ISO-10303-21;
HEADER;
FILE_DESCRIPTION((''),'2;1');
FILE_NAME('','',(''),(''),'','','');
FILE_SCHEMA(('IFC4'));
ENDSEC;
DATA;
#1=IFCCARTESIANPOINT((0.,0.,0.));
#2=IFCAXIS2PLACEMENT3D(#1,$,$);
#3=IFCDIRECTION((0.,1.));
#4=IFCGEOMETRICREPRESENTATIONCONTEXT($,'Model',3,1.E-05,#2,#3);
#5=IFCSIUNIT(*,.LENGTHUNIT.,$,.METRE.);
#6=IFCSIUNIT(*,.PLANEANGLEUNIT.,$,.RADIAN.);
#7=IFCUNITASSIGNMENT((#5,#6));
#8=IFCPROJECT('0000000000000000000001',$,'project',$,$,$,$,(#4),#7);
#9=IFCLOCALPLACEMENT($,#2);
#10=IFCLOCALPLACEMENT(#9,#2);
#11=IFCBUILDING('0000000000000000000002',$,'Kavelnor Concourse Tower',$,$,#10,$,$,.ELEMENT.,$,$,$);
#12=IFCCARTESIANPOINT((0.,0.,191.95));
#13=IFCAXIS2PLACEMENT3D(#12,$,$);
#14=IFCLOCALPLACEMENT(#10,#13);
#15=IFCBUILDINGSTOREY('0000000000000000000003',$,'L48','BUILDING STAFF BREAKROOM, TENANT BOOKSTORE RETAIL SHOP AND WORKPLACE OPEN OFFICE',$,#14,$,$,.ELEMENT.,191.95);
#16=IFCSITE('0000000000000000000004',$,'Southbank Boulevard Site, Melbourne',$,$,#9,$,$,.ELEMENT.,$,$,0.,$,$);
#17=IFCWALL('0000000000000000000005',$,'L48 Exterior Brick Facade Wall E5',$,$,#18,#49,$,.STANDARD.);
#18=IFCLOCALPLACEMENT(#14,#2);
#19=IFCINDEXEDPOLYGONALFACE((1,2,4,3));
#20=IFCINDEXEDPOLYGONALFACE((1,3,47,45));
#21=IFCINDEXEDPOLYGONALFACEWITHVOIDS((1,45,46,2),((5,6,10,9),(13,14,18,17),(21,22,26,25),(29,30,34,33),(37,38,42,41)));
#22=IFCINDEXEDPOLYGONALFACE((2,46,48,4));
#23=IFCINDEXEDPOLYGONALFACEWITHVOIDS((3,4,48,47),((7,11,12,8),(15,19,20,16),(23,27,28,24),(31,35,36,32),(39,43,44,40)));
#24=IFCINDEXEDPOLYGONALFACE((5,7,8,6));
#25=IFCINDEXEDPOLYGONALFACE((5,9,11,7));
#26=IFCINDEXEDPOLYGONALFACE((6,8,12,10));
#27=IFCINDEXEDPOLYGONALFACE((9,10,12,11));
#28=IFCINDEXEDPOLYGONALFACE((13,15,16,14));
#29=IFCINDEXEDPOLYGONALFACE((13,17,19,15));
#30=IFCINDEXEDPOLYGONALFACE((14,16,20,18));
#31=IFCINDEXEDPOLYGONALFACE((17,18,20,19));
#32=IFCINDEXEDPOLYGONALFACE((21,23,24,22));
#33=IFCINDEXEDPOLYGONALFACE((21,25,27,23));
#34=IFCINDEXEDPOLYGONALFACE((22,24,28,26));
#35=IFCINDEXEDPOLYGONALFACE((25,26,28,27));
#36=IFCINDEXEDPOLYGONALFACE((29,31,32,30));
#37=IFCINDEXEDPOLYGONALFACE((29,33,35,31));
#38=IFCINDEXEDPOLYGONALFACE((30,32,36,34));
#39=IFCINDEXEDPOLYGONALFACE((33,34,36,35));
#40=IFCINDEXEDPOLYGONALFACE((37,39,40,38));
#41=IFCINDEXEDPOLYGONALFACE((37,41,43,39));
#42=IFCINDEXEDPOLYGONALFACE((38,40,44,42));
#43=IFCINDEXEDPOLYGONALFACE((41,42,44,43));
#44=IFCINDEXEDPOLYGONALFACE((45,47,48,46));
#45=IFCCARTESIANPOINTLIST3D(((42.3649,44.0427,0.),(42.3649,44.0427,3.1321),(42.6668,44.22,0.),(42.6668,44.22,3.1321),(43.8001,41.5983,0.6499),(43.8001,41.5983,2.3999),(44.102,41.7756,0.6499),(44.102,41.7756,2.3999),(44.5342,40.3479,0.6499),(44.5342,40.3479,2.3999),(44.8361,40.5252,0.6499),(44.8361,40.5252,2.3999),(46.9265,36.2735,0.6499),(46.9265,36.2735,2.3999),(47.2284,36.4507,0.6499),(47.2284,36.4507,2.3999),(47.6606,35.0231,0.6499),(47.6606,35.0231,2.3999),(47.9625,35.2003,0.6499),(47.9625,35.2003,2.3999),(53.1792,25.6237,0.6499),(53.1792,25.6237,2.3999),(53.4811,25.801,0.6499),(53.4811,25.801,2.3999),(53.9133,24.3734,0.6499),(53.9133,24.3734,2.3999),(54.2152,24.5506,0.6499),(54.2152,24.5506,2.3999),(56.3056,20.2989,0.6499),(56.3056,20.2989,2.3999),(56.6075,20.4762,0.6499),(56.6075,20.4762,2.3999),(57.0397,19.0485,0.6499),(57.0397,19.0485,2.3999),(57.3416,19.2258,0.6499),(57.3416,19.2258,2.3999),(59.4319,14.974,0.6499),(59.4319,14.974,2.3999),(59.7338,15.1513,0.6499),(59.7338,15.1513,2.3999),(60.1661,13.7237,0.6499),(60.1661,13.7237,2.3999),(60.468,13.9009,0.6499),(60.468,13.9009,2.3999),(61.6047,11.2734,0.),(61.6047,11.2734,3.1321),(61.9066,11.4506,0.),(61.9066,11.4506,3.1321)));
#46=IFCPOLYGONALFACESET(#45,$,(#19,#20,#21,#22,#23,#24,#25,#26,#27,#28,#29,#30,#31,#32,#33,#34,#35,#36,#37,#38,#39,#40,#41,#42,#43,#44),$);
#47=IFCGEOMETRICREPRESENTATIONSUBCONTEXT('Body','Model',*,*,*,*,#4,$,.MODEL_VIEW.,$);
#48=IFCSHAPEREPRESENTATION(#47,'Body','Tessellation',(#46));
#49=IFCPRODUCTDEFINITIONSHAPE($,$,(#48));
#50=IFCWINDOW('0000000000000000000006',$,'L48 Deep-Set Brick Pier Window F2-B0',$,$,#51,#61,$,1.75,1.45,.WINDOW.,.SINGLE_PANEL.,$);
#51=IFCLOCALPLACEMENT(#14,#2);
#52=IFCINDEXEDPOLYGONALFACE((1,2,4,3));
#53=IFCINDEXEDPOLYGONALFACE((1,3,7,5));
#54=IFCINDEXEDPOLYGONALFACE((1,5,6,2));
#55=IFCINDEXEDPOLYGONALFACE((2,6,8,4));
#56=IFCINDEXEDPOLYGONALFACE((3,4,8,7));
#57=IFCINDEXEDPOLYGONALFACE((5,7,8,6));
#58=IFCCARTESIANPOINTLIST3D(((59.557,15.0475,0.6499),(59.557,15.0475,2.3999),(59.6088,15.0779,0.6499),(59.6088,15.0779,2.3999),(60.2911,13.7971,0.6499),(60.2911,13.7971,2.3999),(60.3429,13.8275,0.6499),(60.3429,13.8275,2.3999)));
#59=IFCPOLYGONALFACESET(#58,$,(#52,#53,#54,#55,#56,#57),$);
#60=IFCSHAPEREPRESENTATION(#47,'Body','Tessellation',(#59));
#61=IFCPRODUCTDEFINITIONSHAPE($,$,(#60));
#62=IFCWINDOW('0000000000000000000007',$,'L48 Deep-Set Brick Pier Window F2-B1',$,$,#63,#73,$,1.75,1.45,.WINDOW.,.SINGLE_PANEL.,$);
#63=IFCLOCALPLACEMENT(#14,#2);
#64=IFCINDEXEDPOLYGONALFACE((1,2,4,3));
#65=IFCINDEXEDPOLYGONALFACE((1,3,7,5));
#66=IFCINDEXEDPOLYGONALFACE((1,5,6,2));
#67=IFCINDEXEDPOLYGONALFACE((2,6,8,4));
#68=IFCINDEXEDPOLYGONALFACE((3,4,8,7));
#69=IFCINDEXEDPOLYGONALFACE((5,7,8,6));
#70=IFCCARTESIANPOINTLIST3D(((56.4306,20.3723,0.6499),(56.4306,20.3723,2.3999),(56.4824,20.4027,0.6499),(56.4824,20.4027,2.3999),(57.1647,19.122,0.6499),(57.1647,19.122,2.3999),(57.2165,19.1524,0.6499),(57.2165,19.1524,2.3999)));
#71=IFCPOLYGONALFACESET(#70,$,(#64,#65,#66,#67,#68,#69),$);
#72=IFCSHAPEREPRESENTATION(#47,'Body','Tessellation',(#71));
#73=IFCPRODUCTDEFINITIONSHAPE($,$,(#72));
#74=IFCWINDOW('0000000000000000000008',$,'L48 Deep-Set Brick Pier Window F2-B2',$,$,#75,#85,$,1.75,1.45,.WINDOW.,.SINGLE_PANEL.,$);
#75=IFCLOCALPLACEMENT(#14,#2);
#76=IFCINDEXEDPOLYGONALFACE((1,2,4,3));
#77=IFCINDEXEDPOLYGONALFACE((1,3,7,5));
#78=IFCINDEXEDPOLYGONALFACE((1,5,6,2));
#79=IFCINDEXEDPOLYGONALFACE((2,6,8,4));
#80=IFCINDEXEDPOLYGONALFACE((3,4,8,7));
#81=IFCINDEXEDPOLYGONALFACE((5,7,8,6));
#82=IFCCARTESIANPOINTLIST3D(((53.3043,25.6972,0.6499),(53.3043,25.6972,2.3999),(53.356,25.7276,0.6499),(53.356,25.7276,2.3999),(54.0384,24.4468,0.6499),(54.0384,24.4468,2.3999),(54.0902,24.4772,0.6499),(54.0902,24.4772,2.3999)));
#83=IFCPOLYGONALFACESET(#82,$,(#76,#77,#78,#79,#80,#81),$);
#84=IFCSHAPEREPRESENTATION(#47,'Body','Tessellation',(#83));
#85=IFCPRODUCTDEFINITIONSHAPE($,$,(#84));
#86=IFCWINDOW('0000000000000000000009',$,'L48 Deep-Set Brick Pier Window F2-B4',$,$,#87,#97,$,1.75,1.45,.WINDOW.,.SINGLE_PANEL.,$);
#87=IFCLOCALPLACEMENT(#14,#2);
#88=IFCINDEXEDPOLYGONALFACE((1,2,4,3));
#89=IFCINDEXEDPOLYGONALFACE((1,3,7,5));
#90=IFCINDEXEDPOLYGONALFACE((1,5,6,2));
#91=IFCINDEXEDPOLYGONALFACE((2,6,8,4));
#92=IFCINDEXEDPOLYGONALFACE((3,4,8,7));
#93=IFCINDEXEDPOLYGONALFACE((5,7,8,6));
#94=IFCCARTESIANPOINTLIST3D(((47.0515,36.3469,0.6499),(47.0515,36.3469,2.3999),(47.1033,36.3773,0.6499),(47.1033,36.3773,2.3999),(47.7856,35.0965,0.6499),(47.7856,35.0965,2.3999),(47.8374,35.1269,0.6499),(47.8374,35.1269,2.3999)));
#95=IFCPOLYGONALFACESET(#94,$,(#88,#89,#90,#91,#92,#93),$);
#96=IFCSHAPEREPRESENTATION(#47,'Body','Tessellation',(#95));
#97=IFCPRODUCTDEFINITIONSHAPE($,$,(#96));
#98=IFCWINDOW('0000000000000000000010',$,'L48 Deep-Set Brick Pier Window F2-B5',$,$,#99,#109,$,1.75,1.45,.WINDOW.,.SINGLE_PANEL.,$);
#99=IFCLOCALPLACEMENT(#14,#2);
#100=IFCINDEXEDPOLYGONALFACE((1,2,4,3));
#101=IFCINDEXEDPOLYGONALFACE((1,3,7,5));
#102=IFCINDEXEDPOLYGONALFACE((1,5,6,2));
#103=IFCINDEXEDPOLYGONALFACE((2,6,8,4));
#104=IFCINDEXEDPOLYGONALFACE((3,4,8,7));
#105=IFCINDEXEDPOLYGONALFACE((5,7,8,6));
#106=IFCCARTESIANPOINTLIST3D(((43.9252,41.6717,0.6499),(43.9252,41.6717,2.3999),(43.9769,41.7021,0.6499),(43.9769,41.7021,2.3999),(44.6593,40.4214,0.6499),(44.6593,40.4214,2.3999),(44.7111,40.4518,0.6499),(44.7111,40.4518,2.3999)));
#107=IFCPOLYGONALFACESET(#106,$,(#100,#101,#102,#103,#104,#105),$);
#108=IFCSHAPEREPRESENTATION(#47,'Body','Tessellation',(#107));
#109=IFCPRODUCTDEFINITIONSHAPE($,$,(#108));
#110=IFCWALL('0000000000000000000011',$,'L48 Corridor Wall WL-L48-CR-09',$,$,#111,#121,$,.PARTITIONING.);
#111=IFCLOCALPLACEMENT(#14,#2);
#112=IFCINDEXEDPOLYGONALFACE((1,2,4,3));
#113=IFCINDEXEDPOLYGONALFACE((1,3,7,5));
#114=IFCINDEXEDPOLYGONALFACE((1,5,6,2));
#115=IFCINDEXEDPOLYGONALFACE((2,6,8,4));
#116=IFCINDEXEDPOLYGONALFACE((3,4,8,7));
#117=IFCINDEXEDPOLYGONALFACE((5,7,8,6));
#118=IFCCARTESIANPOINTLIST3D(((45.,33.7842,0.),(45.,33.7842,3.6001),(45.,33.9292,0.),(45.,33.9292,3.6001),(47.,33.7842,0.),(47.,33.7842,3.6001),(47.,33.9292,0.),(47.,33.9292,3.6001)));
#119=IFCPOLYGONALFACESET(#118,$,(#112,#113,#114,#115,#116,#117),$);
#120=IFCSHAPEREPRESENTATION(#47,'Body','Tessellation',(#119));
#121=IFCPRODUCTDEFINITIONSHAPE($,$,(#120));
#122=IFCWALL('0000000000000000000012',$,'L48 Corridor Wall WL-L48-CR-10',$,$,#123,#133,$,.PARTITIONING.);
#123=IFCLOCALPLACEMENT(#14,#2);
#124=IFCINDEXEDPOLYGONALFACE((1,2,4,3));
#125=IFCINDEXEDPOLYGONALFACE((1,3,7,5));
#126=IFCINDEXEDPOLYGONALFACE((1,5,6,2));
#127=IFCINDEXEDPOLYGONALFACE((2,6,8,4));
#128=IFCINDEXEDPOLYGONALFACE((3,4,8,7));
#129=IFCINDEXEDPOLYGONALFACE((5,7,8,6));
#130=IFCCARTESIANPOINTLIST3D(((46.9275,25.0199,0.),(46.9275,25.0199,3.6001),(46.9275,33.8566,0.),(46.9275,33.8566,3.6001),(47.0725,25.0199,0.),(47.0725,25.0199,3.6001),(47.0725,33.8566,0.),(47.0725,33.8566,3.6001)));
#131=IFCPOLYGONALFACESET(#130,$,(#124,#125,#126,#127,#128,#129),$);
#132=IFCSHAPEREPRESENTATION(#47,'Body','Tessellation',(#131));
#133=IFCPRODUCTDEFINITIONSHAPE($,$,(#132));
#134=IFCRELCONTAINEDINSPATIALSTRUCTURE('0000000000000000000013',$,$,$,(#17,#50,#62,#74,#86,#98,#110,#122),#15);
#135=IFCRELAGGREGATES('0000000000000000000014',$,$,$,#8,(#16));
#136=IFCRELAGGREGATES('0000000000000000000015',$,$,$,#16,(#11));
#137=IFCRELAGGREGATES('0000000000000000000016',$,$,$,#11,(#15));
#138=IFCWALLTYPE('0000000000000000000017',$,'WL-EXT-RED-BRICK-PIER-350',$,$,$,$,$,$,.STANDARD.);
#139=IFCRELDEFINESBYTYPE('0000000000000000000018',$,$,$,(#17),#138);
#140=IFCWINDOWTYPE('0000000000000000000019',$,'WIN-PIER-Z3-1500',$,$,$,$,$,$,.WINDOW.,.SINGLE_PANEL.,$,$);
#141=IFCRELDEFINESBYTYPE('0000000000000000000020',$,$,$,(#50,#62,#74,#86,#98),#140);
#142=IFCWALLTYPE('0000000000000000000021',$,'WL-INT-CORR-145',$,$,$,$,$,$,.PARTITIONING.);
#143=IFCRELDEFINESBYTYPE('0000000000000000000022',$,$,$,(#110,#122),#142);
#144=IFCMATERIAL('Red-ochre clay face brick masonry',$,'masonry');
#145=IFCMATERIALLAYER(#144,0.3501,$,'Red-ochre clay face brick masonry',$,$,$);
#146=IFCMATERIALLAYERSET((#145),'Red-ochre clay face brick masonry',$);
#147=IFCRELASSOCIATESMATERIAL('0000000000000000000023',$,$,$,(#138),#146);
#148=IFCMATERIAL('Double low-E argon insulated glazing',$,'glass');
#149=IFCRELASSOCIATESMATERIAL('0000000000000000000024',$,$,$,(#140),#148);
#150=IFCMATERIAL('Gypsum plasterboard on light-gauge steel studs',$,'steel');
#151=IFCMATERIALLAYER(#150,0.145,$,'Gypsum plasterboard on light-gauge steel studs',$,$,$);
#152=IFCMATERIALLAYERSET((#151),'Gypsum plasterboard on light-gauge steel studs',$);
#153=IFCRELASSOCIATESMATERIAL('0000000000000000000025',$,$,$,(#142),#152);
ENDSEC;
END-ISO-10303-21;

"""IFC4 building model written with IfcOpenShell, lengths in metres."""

from ifc_helpers import new_model, si_unit, direction, frame, frame_2d, origin, place, context, subcontext, project, spatial, rectangle, extrude, material, layer, layer_set, type_object, element, fill, save


model = new_model("IFC4")

# Units and contexts
model_context = context("Model", 3, precision=1e-05, world=origin(), true_north=direction((0.0, 1.0)))
body_context = subcontext(model_context, "Body", "Model", "MODEL_VIEW")
ifc_project = project(units=[si_unit("LENGTHUNIT", "METRE"), si_unit("PLANEANGLEUNIT", "RADIAN")], contexts=[model_context])

# Site, building, storey
site_placement = place(None, origin())
site = spatial("IfcSite", under=ifc_project, at=site_placement, Name="Southbank Boulevard Site, Melbourne", CompositionType="ELEMENT", RefElevation=0.0)
building_placement = place(site_placement, origin())
building = spatial("IfcBuilding", under=site, at=building_placement, Name="Kavelnor Concourse Tower", CompositionType="ELEMENT")
storey_placement = place(building_placement, frame((0.0, 0.0, 191.95)))
storey = spatial("IfcBuildingStorey", under=building, at=storey_placement, Name="L48", Description="BUILDING STAFF BREAKROOM, TENANT BOOKSTORE RETAIL SHOP AND WORKPLACE OPEN OFFICE", CompositionType="ELEMENT", Elevation=191.95)

# Wall, openings, windows
ifc_material_1 = material(Name="Red-ochre clay face brick masonry", Category="masonry")
ifc_layer_1 = layer(ifc_material_1, 0.3501, Name="Red-ochre clay face brick masonry")
ifc_layer_set_1 = layer_set([ifc_layer_1], Name="Red-ochre clay face brick masonry")
wall_type_1 = type_object("IfcWallType", Name="WL-EXT-RED-BRICK-PIER-350", PredefinedType="STANDARD", material=ifc_layer_set_1)
wall_1_placement = place(storey_placement, frame((42.5159, 44.1313, 0.0), z_axis=(0.0, 0.0, 1.0), x_axis=(0.50631, -0.862351, 0.0)))
wall_1 = element("IfcWall", 1, at=wall_1_placement, inside=storey, type_object=wall_type_1, Name="L48 Exterior Brick Facade Wall E5", PredefinedType="STANDARD", context=body_context, shape_type="SweptSolid", body=[
    extrude(rectangle(XDim=38.0, YDim=0.3501, at=frame_2d((19.0, 0.0))), origin(), (0.0, 0.0, 1.0), 3.1321),
])
opening_1_placement = place(wall_1_placement, frame((33.7085, 0.0, 0.6499)))
opening_1 = element("IfcOpeningElement", 2, at=opening_1_placement, cuts=wall_1, PredefinedType="OPENING", context=body_context, shape_type="SweptSolid", body=[
    extrude(rectangle(XDim=1.45, YDim=1.75, at=frame_2d((0.7251, 0.875))), frame((0.0, 0.1851, 0.0), z_axis=(0.0, -1.0, 0.0), x_axis=(1.0, 0.0, 0.0)), (0.0, 0.0, 1.0), 0.3701),
])
opening_2_placement = place(wall_1_placement, frame((27.5337, 0.0, 0.6499)))
opening_2 = element("IfcOpeningElement", 3, at=opening_2_placement, cuts=wall_1, PredefinedType="OPENING", context=body_context, shape_type="SweptSolid", body=[
    extrude(rectangle(XDim=1.45, YDim=1.75, at=frame_2d((0.7251, 0.875))), frame((0.0, 0.1851, 0.0), z_axis=(0.0, -1.0, 0.0), x_axis=(1.0, 0.0, 0.0)), (0.0, 0.0, 1.0), 0.3701),
])
opening_3_placement = place(wall_1_placement, frame((21.3589, 0.0, 0.6499)))
opening_3 = element("IfcOpeningElement", 4, at=opening_3_placement, cuts=wall_1, PredefinedType="OPENING", context=body_context, shape_type="SweptSolid", body=[
    extrude(rectangle(XDim=1.45, YDim=1.75, at=frame_2d((0.7251, 0.875))), frame((0.0, 0.1851, 0.0), z_axis=(0.0, -1.0, 0.0), x_axis=(1.0, 0.0, 0.0)), (0.0, 0.0, 1.0), 0.3701),
])
opening_4_placement = place(wall_1_placement, frame((9.0093, 0.0, 0.6499)))
opening_4 = element("IfcOpeningElement", 5, at=opening_4_placement, cuts=wall_1, PredefinedType="OPENING", context=body_context, shape_type="SweptSolid", body=[
    extrude(rectangle(XDim=1.45, YDim=1.75, at=frame_2d((0.7251, 0.875))), frame((0.0, 0.1851, 0.0), z_axis=(0.0, -1.0, 0.0), x_axis=(1.0, 0.0, 0.0)), (0.0, 0.0, 1.0), 0.3701),
])
opening_5_placement = place(wall_1_placement, frame((2.8345, 0.0, 0.6499)))
opening_5 = element("IfcOpeningElement", 6, at=opening_5_placement, cuts=wall_1, PredefinedType="OPENING", context=body_context, shape_type="SweptSolid", body=[
    extrude(rectangle(XDim=1.45, YDim=1.75, at=frame_2d((0.7251, 0.875))), frame((0.0, 0.1851, 0.0), z_axis=(0.0, -1.0, 0.0), x_axis=(1.0, 0.0, 0.0)), (0.0, 0.0, 1.0), 0.3701),
])
ifc_material_2 = material(Name="Double low-E argon insulated glazing", Category="glass")
window_type = type_object("IfcWindowType", Name="WIN-PIER-Z3-1500", PartitioningType="SINGLE_PANEL", PredefinedType="WINDOW", material=ifc_material_2)
window_1_placement = place(opening_1_placement, origin())
window_1 = element("IfcWindow", 7, at=window_1_placement, inside=storey, type_object=window_type, Name="L48 Deep-Set Brick Pier Window F2-B0", OverallHeight=1.75, OverallWidth=1.45, PartitioningType="SINGLE_PANEL", PredefinedType="WINDOW", context=body_context, shape_type="SweptSolid", body=[
    extrude(rectangle(XDim=1.45, YDim=1.75, at=frame_2d((0.7251, 0.875))), frame((0.0, 0.03, 0.0), z_axis=(0.0, -1.0, 0.0), x_axis=(1.0, 0.0, 0.0)), (0.0, 0.0, 1.0), 0.0601),
])
fill(opening_1, window_1)
window_2_placement = place(opening_2_placement, origin())
window_2 = element("IfcWindow", 8, at=window_2_placement, inside=storey, type_object=window_type, Name="L48 Deep-Set Brick Pier Window F2-B1", OverallHeight=1.75, OverallWidth=1.45, PartitioningType="SINGLE_PANEL", PredefinedType="WINDOW", context=body_context, shape_type="SweptSolid", body=[
    extrude(rectangle(XDim=1.45, YDim=1.75, at=frame_2d((0.7251, 0.875))), frame((0.0, 0.03, 0.0), z_axis=(0.0, -1.0, 0.0), x_axis=(1.0, 0.0, 0.0)), (0.0, 0.0, 1.0), 0.0601),
])
fill(opening_2, window_2)
window_3_placement = place(opening_3_placement, origin())
window_3 = element("IfcWindow", 9, at=window_3_placement, inside=storey, type_object=window_type, Name="L48 Deep-Set Brick Pier Window F2-B2", OverallHeight=1.75, OverallWidth=1.45, PartitioningType="SINGLE_PANEL", PredefinedType="WINDOW", context=body_context, shape_type="SweptSolid", body=[
    extrude(rectangle(XDim=1.45, YDim=1.75, at=frame_2d((0.7251, 0.875))), frame((0.0, 0.03, 0.0), z_axis=(0.0, -1.0, 0.0), x_axis=(1.0, 0.0, 0.0)), (0.0, 0.0, 1.0), 0.0601),
])
fill(opening_3, window_3)
window_4_placement = place(opening_4_placement, origin())
window_4 = element("IfcWindow", 10, at=window_4_placement, inside=storey, type_object=window_type, Name="L48 Deep-Set Brick Pier Window F2-B4", OverallHeight=1.75, OverallWidth=1.45, PartitioningType="SINGLE_PANEL", PredefinedType="WINDOW", context=body_context, shape_type="SweptSolid", body=[
    extrude(rectangle(XDim=1.45, YDim=1.75, at=frame_2d((0.7251, 0.875))), frame((0.0, 0.03, 0.0), z_axis=(0.0, -1.0, 0.0), x_axis=(1.0, 0.0, 0.0)), (0.0, 0.0, 1.0), 0.0601),
])
fill(opening_4, window_4)
window_5_placement = place(opening_5_placement, origin())
window_5 = element("IfcWindow", 11, at=window_5_placement, inside=storey, type_object=window_type, Name="L48 Deep-Set Brick Pier Window F2-B5", OverallHeight=1.75, OverallWidth=1.45, PartitioningType="SINGLE_PANEL", PredefinedType="WINDOW", context=body_context, shape_type="SweptSolid", body=[
    extrude(rectangle(XDim=1.45, YDim=1.75, at=frame_2d((0.7251, 0.875))), frame((0.0, 0.03, 0.0), z_axis=(0.0, -1.0, 0.0), x_axis=(1.0, 0.0, 0.0)), (0.0, 0.0, 1.0), 0.0601),
])
fill(opening_5, window_5)

# Walls
ifc_material_3 = material(Name="Gypsum plasterboard on light-gauge steel studs", Category="steel")
ifc_layer_2 = layer(ifc_material_3, 0.145, Name="Gypsum plasterboard on light-gauge steel studs")
ifc_layer_set_2 = layer_set([ifc_layer_2], Name="Gypsum plasterboard on light-gauge steel studs")
wall_type_2 = type_object("IfcWallType", Name="WL-INT-CORR-145", PredefinedType="PARTITIONING", material=ifc_layer_set_2)
wall_2_placement = place(storey_placement, frame((45.0, 33.8567, 0.0), z_axis=(0.0, 0.0, 1.0), x_axis=(1.0, 0.0, 0.0)))
element("IfcWall", 12, at=wall_2_placement, inside=storey, type_object=wall_type_2, Name="L48 Corridor Wall WL-L48-CR-09", PredefinedType="PARTITIONING", context=body_context, shape_type="SweptSolid", body=[
    extrude(rectangle(XDim=2.0, YDim=0.145, at=frame_2d((1.0, 0.0))), origin(), (0.0, 0.0, 1.0), 3.6001),
])
wall_3_placement = place(storey_placement, frame((47.0, 33.8567, 0.0), z_axis=(0.0, 0.0, 1.0), x_axis=(0.0, -1.0, 0.0)))
element("IfcWall", 13, at=wall_3_placement, inside=storey, type_object=wall_type_2, Name="L48 Corridor Wall WL-L48-CR-10", PredefinedType="PARTITIONING", context=body_context, shape_type="SweptSolid", body=[
    extrude(rectangle(XDim=8.8367, YDim=0.145, at=frame_2d((4.4185, 0.0))), origin(), (0.0, 0.0, 1.0), 3.6001),
])

save(model, "model.ifc")
